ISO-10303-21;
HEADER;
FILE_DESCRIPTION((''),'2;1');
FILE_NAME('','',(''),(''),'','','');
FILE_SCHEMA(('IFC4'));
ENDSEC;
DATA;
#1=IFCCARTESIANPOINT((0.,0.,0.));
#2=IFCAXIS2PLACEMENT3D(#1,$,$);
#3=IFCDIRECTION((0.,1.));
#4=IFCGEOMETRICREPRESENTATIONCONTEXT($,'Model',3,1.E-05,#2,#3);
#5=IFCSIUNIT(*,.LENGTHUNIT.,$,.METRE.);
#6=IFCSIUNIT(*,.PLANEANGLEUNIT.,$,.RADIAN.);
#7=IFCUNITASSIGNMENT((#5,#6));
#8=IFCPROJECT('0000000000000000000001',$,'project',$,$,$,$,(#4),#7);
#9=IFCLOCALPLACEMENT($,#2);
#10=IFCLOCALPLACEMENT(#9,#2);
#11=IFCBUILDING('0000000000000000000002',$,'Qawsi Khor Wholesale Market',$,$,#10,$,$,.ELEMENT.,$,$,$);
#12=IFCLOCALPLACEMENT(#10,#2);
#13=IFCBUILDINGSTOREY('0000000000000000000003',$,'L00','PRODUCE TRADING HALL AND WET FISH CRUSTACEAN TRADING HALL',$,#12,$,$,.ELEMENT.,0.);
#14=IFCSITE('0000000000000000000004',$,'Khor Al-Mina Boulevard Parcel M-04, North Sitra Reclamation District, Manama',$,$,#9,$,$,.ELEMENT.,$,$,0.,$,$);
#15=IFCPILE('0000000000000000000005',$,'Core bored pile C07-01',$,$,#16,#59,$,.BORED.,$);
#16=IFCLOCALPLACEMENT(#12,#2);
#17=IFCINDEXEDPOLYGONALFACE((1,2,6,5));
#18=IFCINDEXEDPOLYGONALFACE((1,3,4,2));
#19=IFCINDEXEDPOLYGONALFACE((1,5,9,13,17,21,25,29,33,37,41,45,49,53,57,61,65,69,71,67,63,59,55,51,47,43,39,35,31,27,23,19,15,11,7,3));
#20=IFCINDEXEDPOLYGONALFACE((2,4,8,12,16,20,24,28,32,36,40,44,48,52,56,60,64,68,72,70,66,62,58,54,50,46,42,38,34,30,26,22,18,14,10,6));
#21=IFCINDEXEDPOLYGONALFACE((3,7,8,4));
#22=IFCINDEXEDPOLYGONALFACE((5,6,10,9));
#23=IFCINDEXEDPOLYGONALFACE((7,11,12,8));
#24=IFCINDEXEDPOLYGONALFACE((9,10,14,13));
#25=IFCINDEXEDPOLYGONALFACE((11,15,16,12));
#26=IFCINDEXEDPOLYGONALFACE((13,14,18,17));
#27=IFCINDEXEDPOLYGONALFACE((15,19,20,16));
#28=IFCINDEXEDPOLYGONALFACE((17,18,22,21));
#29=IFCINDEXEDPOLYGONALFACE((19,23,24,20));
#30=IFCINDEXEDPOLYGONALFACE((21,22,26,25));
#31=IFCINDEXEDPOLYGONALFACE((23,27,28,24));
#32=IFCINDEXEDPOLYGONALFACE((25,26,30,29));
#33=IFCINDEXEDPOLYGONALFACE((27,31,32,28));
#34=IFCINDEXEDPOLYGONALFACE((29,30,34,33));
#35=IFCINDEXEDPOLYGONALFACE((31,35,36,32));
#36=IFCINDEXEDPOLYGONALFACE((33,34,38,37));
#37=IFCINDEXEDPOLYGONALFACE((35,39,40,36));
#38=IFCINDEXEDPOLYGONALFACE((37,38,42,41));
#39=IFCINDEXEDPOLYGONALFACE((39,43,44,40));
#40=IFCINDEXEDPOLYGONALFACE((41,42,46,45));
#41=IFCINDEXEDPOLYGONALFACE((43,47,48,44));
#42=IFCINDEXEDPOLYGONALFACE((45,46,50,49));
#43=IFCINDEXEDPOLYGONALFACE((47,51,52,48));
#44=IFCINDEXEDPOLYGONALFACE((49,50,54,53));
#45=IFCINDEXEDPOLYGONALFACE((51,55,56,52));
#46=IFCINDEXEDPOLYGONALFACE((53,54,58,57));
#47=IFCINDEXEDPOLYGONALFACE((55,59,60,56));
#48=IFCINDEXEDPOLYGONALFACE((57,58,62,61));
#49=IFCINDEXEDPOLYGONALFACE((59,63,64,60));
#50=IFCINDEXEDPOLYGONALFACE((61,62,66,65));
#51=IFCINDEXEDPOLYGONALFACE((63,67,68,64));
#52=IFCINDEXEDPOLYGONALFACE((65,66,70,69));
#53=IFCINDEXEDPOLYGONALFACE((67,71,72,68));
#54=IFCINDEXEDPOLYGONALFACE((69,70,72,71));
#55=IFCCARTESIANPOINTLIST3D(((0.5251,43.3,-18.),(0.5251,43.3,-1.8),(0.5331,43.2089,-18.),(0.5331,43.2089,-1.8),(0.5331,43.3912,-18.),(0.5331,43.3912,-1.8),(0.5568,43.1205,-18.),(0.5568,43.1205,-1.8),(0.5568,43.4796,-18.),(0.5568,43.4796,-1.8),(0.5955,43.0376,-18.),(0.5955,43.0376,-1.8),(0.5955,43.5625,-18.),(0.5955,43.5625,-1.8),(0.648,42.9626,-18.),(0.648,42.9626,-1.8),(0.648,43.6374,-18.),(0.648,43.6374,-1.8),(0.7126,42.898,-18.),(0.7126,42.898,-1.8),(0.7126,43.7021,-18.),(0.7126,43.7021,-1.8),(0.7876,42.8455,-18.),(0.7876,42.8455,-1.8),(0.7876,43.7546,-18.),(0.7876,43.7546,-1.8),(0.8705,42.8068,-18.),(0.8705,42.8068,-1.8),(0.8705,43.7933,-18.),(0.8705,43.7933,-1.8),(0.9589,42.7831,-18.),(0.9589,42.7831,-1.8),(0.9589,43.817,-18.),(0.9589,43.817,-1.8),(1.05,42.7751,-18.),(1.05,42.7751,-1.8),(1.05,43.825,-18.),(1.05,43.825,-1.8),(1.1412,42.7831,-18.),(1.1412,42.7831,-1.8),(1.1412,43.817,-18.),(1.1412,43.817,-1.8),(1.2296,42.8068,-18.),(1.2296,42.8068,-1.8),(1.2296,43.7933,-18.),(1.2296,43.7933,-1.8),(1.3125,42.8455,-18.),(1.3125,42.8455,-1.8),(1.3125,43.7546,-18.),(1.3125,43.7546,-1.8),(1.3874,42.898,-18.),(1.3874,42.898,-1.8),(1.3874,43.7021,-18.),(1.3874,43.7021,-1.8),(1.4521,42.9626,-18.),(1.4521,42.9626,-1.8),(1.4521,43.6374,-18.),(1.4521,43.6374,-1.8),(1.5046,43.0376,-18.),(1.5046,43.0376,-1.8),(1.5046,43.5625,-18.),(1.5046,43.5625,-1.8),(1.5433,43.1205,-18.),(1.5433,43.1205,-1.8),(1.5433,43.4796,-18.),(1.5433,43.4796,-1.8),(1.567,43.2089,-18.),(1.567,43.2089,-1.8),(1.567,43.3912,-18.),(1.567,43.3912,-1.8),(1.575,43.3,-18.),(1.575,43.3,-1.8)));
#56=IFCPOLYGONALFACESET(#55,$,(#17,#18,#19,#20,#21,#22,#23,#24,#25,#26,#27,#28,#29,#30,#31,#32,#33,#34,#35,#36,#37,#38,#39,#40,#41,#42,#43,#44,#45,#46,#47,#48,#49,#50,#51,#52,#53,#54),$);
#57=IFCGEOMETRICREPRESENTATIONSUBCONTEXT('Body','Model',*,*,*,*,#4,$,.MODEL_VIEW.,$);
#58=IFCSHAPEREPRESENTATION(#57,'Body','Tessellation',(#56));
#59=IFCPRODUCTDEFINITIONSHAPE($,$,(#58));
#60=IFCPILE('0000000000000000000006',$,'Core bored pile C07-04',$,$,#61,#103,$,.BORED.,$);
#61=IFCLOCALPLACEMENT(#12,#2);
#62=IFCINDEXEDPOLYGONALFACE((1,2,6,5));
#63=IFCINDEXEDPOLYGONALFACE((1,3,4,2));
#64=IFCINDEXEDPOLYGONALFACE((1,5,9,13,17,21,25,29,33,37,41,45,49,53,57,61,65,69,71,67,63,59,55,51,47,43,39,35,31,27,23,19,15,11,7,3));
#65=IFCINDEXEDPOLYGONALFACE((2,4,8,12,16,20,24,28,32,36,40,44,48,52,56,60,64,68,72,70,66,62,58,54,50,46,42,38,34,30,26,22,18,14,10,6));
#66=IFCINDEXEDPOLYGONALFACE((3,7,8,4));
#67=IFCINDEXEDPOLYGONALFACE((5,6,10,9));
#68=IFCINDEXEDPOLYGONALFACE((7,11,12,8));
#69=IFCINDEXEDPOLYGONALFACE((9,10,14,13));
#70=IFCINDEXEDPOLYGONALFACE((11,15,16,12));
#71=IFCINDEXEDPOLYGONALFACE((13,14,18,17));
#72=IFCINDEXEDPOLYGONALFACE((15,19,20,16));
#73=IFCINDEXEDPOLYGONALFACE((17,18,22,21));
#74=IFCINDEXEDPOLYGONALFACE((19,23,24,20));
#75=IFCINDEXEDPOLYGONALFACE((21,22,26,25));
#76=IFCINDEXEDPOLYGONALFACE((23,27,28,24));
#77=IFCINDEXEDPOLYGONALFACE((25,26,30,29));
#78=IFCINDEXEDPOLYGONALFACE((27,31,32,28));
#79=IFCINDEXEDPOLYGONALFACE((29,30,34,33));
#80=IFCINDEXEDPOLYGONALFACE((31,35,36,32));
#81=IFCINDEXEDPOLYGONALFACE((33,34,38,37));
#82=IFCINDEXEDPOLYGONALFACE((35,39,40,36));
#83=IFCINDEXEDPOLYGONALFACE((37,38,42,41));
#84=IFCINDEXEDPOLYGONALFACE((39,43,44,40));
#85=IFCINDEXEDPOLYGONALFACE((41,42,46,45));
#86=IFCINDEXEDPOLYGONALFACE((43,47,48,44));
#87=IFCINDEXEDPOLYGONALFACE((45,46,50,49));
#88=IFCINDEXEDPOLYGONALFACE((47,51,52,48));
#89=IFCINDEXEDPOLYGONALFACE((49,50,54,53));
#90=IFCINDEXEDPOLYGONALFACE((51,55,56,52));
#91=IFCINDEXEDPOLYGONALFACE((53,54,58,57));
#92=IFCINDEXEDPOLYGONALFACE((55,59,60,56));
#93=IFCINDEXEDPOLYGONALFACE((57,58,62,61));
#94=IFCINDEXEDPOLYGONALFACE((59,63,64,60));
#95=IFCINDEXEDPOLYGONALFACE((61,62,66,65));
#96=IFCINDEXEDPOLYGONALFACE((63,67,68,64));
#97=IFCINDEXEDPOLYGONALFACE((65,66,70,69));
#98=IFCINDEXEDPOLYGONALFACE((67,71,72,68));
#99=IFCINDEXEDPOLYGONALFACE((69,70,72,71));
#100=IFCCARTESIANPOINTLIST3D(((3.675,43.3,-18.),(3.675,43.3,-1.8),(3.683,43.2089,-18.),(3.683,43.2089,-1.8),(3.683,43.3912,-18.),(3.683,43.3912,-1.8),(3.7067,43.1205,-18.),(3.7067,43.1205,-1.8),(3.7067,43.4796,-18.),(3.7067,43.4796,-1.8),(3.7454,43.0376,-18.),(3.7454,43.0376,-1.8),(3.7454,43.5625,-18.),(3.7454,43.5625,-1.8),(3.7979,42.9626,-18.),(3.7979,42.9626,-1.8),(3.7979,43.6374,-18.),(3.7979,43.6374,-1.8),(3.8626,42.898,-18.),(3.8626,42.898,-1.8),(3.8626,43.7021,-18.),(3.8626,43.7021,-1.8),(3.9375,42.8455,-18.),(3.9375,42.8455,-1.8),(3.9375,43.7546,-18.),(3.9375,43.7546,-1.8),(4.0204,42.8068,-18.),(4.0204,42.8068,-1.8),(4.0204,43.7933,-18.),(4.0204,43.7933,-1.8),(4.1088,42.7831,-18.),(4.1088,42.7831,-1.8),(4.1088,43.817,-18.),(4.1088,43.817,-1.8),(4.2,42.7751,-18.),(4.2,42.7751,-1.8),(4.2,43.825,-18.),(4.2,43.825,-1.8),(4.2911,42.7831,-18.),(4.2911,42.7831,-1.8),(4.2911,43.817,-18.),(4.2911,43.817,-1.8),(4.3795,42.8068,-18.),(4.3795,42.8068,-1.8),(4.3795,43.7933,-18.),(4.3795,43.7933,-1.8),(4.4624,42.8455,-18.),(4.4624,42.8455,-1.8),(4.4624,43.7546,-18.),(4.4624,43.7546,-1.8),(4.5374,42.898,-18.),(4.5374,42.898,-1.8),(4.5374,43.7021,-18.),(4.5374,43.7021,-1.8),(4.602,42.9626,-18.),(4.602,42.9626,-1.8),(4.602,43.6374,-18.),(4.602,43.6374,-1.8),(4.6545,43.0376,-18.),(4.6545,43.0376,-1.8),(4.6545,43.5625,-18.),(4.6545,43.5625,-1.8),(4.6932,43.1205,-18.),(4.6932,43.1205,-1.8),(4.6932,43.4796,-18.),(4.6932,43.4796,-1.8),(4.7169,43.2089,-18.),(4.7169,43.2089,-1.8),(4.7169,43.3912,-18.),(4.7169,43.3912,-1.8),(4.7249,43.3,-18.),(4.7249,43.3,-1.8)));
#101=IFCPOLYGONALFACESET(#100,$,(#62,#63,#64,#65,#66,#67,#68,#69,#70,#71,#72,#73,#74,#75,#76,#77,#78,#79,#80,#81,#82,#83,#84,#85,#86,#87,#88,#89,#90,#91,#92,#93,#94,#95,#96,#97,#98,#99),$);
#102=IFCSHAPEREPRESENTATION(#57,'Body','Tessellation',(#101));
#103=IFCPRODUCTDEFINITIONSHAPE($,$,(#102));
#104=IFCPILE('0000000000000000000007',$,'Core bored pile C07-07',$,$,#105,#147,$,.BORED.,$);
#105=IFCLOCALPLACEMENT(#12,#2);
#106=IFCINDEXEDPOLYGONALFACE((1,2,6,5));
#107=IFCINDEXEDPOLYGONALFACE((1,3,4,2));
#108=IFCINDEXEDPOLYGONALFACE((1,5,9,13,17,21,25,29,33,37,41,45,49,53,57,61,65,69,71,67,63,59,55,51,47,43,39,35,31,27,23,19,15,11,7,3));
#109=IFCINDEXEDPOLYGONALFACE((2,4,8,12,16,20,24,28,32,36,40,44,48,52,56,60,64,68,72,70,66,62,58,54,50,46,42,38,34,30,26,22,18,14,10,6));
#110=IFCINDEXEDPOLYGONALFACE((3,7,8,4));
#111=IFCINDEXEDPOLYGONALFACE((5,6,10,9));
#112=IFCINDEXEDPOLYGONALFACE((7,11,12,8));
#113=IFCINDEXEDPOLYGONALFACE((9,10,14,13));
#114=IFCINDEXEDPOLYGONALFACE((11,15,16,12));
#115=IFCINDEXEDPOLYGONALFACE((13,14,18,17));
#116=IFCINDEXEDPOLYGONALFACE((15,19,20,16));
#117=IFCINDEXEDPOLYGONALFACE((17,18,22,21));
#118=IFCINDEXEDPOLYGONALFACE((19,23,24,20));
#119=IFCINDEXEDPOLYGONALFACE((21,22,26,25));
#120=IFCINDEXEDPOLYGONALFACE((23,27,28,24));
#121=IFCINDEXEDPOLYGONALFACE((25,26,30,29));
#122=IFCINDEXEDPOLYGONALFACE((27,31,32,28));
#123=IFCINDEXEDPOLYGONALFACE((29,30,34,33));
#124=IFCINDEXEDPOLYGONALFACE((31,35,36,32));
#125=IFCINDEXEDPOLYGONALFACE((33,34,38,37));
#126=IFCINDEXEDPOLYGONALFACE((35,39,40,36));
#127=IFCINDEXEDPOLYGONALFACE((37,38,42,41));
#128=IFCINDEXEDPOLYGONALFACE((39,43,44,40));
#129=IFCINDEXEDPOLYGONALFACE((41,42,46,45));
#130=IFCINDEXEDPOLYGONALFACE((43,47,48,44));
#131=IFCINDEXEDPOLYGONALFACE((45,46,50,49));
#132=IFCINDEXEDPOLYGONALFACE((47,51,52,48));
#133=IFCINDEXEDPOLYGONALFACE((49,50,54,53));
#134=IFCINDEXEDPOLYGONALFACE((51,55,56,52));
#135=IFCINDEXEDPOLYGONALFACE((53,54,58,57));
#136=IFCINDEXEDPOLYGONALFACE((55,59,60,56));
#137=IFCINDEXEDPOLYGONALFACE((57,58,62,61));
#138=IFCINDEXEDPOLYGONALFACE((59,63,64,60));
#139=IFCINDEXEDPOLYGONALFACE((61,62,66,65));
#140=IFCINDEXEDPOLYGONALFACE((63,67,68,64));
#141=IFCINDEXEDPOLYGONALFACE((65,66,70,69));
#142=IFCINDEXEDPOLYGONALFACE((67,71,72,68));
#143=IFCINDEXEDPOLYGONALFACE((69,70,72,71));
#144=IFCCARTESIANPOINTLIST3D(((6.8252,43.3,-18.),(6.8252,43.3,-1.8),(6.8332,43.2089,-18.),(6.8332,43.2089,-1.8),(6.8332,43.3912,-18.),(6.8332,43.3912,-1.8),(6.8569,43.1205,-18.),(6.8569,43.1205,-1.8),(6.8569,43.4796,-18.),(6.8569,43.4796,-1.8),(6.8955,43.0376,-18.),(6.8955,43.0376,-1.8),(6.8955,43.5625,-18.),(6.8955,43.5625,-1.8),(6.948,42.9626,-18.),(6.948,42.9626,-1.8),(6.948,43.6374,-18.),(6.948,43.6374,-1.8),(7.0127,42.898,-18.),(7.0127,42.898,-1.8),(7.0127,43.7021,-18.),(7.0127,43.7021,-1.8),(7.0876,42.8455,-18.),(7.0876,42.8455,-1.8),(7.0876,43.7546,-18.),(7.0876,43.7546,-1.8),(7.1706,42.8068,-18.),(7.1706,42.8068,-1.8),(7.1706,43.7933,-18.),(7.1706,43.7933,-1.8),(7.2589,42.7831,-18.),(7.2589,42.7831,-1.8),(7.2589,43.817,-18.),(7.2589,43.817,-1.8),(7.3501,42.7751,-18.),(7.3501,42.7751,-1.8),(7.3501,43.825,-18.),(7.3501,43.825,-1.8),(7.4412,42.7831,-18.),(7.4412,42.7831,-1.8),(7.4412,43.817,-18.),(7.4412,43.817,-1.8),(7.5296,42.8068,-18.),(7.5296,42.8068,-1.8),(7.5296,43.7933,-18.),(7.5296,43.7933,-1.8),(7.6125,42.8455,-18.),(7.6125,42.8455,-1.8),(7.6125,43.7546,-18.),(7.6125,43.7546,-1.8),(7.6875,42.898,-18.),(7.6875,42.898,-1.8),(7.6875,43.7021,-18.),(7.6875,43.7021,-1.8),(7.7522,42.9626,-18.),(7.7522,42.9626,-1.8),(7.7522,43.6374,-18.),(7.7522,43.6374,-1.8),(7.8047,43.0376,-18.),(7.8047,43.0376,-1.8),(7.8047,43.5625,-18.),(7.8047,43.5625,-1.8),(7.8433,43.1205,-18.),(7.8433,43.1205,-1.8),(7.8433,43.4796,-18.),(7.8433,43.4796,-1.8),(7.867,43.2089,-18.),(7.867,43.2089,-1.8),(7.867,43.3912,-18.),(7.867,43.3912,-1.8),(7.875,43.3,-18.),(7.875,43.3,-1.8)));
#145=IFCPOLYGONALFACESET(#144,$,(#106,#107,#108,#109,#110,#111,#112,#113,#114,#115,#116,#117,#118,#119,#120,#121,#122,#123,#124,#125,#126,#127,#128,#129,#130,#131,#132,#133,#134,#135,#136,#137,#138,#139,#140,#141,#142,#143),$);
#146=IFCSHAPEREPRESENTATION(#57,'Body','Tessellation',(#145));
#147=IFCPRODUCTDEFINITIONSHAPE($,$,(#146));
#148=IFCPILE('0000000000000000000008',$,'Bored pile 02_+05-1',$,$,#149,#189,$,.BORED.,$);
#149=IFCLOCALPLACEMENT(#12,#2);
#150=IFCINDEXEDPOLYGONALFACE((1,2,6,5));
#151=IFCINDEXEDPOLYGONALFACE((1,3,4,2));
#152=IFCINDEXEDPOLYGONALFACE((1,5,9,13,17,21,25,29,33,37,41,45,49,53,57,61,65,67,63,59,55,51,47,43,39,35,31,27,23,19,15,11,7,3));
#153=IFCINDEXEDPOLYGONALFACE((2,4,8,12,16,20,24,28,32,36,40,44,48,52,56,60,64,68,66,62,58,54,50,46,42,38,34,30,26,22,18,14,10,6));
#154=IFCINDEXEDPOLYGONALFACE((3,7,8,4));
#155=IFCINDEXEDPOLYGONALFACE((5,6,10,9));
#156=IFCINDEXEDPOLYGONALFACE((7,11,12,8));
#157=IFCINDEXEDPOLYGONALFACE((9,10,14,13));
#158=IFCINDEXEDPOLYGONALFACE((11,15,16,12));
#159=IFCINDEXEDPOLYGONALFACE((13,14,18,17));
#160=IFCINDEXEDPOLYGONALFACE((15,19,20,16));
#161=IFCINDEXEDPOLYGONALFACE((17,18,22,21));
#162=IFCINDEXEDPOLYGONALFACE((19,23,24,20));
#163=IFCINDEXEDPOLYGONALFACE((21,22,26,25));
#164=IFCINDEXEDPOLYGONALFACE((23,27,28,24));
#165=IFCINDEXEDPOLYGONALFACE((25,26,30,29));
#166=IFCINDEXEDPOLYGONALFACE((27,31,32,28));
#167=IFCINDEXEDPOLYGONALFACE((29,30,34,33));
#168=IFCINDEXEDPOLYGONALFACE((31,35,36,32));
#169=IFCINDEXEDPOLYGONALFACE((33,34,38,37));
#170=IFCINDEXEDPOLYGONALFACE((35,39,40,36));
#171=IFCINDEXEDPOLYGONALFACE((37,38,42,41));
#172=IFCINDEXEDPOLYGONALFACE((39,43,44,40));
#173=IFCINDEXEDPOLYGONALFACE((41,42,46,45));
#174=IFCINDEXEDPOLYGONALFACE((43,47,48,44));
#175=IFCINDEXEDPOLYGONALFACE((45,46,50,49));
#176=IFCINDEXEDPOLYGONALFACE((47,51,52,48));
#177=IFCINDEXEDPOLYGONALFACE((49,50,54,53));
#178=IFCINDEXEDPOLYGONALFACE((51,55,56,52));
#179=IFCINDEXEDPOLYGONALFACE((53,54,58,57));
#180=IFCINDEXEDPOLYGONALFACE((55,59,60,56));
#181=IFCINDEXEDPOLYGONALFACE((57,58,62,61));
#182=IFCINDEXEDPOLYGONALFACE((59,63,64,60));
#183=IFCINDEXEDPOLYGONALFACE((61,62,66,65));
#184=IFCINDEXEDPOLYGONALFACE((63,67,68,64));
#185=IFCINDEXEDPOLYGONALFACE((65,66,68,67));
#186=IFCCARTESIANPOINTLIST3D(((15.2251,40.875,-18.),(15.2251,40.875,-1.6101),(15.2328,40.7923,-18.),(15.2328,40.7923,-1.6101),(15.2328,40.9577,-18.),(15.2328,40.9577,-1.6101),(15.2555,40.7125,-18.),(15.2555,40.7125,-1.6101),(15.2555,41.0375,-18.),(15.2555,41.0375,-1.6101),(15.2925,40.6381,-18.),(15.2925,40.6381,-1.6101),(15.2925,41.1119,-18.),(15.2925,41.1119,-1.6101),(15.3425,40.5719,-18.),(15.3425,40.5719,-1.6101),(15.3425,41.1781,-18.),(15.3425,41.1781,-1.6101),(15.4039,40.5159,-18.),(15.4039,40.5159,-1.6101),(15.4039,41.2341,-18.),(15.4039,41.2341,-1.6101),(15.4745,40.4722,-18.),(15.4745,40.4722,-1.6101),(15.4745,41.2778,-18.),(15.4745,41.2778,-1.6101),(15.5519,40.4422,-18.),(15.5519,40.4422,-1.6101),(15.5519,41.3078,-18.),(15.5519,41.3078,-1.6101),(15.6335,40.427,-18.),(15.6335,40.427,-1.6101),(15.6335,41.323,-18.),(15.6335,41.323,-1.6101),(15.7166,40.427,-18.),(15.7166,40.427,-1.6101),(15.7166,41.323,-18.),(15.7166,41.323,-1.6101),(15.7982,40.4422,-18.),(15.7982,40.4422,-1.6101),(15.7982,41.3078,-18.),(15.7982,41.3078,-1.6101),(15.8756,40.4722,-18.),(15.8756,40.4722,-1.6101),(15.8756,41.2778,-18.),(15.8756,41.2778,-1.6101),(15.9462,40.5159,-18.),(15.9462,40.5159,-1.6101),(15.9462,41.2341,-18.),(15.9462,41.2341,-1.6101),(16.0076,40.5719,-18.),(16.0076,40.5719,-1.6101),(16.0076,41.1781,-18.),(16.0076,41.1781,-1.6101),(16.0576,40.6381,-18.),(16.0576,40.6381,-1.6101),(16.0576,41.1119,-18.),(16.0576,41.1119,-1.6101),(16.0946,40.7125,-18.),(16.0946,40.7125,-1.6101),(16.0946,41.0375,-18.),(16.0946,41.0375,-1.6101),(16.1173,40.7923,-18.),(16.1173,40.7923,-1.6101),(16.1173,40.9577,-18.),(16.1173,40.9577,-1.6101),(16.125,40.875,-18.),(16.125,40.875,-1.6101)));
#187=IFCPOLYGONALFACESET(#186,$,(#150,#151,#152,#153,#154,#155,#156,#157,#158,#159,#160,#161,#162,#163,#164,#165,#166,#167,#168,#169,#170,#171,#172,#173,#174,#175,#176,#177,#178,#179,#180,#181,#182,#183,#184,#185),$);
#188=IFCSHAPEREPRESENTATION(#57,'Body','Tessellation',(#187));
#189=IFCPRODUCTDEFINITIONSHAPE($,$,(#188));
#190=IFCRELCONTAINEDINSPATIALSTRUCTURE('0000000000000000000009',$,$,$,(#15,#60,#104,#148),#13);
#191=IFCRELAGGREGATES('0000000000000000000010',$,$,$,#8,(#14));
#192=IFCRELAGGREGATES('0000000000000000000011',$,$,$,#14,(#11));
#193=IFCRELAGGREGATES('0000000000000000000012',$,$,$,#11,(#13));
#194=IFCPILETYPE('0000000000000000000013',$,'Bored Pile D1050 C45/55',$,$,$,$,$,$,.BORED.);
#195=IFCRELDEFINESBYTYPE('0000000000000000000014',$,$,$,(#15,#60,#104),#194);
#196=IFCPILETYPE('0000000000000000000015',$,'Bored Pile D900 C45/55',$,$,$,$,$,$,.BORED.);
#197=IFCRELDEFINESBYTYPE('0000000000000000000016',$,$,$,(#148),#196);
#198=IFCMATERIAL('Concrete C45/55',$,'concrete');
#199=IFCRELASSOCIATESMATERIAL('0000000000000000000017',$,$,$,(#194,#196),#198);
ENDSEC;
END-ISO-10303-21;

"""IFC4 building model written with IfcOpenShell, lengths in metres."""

from ifc_helpers import new_model, si_unit, direction, frame, origin, origin_2d, place, context, subcontext, project, spatial, circle, extrude, material, material_profile, profile_set, type_object, element, save


model = new_model("IFC4")

# Units and contexts
model_context = context("Model", 3, precision=1e-05, world=origin(), true_north=direction((0.0, 1.0)))
body_context = subcontext(model_context, "Body", "Model", "MODEL_VIEW")
ifc_project = project(units=[si_unit("LENGTHUNIT", "METRE"), si_unit("PLANEANGLEUNIT", "RADIAN")], contexts=[model_context])

# Site, building, storey
site_placement = place(None, origin())
site = spatial("IfcSite", under=ifc_project, at=site_placement, Name="Khor Al-Mina Boulevard Parcel M-04, North Sitra Reclamation District, Manama", CompositionType="ELEMENT", RefElevation=0.0)
building_placement = place(site_placement, origin())
building = spatial("IfcBuilding", under=site, at=building_placement, Name="Qawsi Khor Wholesale Market", CompositionType="ELEMENT")
storey_placement = place(building_placement, origin())
storey = spatial("IfcBuildingStorey", under=building, at=storey_placement, Name="L00", Description="PRODUCE TRADING HALL AND WET FISH CRUSTACEAN TRADING HALL", CompositionType="ELEMENT", Elevation=0.0)

# Piles
ifc_material_1 = material(Name="Concrete C45/55", Category="concrete")
ifc_material_profile_1 = material_profile(ifc_material_1, circle(Radius=0.5249, at=origin_2d()), Name="PILE D1050")
ifc_profile_set_1 = profile_set([ifc_material_profile_1], Name="Concrete C45/55")
pile_type_1 = type_object("IfcPileType", Name="Bored Pile D1050 C45/55", PredefinedType="BORED", material=ifc_profile_set_1)
for number, where, z_axis, x_axis, name in (
    (1, (1.05, 43.3, -1.8), (0.0, 0.0, -1.0), (1.0, 0.0, 0.0), "Core bored pile C07-01"),
    (2, (4.2, 43.3, -1.8), (0.0, 0.0, -1.0), (1.0, 0.0, 0.0), "Core bored pile C07-04"),
    (3, (7.3501, 43.3, -1.8), (0.0, 0.0, -1.0), (1.0, 0.0, 0.0), "Core bored pile C07-07"),
):
    element("IfcPile", number, at=place(storey_placement, frame(where, z_axis=z_axis, x_axis=x_axis)), inside=storey, type_object=pile_type_1, Name=name, PredefinedType="BORED", context=body_context, shape_type="SweptSolid", body=[
        extrude(circle(Radius=0.5249, at=origin_2d()), origin(), (0.0, 0.0, 1.0), 16.2),
    ])
ifc_material_profile_2 = material_profile(ifc_material_1, circle(Radius=0.45, at=origin_2d()), Name="PILE D900")
ifc_profile_set_2 = profile_set([ifc_material_profile_2], Name="Concrete C45/55")
pile_type_2 = type_object("IfcPileType", Name="Bored Pile D900 C45/55", PredefinedType="BORED", material=ifc_profile_set_2)
for number, where, z_axis, x_axis, name in (
    (4, (15.675, 40.875, -1.6101), (0.0, 0.0, -1.0), (1.0, 0.0, 0.0), "Bored pile 02_+05-1"),
):
    element("IfcPile", number, at=place(storey_placement, frame(where, z_axis=z_axis, x_axis=x_axis)), inside=storey, type_object=pile_type_2, Name=name, PredefinedType="BORED", context=body_context, shape_type="SweptSolid", body=[
        extrude(circle(Radius=0.45, at=origin_2d()), origin(), (0.0, 0.0, 1.0), 16.3899),
    ])

save(model, "model.ifc")
